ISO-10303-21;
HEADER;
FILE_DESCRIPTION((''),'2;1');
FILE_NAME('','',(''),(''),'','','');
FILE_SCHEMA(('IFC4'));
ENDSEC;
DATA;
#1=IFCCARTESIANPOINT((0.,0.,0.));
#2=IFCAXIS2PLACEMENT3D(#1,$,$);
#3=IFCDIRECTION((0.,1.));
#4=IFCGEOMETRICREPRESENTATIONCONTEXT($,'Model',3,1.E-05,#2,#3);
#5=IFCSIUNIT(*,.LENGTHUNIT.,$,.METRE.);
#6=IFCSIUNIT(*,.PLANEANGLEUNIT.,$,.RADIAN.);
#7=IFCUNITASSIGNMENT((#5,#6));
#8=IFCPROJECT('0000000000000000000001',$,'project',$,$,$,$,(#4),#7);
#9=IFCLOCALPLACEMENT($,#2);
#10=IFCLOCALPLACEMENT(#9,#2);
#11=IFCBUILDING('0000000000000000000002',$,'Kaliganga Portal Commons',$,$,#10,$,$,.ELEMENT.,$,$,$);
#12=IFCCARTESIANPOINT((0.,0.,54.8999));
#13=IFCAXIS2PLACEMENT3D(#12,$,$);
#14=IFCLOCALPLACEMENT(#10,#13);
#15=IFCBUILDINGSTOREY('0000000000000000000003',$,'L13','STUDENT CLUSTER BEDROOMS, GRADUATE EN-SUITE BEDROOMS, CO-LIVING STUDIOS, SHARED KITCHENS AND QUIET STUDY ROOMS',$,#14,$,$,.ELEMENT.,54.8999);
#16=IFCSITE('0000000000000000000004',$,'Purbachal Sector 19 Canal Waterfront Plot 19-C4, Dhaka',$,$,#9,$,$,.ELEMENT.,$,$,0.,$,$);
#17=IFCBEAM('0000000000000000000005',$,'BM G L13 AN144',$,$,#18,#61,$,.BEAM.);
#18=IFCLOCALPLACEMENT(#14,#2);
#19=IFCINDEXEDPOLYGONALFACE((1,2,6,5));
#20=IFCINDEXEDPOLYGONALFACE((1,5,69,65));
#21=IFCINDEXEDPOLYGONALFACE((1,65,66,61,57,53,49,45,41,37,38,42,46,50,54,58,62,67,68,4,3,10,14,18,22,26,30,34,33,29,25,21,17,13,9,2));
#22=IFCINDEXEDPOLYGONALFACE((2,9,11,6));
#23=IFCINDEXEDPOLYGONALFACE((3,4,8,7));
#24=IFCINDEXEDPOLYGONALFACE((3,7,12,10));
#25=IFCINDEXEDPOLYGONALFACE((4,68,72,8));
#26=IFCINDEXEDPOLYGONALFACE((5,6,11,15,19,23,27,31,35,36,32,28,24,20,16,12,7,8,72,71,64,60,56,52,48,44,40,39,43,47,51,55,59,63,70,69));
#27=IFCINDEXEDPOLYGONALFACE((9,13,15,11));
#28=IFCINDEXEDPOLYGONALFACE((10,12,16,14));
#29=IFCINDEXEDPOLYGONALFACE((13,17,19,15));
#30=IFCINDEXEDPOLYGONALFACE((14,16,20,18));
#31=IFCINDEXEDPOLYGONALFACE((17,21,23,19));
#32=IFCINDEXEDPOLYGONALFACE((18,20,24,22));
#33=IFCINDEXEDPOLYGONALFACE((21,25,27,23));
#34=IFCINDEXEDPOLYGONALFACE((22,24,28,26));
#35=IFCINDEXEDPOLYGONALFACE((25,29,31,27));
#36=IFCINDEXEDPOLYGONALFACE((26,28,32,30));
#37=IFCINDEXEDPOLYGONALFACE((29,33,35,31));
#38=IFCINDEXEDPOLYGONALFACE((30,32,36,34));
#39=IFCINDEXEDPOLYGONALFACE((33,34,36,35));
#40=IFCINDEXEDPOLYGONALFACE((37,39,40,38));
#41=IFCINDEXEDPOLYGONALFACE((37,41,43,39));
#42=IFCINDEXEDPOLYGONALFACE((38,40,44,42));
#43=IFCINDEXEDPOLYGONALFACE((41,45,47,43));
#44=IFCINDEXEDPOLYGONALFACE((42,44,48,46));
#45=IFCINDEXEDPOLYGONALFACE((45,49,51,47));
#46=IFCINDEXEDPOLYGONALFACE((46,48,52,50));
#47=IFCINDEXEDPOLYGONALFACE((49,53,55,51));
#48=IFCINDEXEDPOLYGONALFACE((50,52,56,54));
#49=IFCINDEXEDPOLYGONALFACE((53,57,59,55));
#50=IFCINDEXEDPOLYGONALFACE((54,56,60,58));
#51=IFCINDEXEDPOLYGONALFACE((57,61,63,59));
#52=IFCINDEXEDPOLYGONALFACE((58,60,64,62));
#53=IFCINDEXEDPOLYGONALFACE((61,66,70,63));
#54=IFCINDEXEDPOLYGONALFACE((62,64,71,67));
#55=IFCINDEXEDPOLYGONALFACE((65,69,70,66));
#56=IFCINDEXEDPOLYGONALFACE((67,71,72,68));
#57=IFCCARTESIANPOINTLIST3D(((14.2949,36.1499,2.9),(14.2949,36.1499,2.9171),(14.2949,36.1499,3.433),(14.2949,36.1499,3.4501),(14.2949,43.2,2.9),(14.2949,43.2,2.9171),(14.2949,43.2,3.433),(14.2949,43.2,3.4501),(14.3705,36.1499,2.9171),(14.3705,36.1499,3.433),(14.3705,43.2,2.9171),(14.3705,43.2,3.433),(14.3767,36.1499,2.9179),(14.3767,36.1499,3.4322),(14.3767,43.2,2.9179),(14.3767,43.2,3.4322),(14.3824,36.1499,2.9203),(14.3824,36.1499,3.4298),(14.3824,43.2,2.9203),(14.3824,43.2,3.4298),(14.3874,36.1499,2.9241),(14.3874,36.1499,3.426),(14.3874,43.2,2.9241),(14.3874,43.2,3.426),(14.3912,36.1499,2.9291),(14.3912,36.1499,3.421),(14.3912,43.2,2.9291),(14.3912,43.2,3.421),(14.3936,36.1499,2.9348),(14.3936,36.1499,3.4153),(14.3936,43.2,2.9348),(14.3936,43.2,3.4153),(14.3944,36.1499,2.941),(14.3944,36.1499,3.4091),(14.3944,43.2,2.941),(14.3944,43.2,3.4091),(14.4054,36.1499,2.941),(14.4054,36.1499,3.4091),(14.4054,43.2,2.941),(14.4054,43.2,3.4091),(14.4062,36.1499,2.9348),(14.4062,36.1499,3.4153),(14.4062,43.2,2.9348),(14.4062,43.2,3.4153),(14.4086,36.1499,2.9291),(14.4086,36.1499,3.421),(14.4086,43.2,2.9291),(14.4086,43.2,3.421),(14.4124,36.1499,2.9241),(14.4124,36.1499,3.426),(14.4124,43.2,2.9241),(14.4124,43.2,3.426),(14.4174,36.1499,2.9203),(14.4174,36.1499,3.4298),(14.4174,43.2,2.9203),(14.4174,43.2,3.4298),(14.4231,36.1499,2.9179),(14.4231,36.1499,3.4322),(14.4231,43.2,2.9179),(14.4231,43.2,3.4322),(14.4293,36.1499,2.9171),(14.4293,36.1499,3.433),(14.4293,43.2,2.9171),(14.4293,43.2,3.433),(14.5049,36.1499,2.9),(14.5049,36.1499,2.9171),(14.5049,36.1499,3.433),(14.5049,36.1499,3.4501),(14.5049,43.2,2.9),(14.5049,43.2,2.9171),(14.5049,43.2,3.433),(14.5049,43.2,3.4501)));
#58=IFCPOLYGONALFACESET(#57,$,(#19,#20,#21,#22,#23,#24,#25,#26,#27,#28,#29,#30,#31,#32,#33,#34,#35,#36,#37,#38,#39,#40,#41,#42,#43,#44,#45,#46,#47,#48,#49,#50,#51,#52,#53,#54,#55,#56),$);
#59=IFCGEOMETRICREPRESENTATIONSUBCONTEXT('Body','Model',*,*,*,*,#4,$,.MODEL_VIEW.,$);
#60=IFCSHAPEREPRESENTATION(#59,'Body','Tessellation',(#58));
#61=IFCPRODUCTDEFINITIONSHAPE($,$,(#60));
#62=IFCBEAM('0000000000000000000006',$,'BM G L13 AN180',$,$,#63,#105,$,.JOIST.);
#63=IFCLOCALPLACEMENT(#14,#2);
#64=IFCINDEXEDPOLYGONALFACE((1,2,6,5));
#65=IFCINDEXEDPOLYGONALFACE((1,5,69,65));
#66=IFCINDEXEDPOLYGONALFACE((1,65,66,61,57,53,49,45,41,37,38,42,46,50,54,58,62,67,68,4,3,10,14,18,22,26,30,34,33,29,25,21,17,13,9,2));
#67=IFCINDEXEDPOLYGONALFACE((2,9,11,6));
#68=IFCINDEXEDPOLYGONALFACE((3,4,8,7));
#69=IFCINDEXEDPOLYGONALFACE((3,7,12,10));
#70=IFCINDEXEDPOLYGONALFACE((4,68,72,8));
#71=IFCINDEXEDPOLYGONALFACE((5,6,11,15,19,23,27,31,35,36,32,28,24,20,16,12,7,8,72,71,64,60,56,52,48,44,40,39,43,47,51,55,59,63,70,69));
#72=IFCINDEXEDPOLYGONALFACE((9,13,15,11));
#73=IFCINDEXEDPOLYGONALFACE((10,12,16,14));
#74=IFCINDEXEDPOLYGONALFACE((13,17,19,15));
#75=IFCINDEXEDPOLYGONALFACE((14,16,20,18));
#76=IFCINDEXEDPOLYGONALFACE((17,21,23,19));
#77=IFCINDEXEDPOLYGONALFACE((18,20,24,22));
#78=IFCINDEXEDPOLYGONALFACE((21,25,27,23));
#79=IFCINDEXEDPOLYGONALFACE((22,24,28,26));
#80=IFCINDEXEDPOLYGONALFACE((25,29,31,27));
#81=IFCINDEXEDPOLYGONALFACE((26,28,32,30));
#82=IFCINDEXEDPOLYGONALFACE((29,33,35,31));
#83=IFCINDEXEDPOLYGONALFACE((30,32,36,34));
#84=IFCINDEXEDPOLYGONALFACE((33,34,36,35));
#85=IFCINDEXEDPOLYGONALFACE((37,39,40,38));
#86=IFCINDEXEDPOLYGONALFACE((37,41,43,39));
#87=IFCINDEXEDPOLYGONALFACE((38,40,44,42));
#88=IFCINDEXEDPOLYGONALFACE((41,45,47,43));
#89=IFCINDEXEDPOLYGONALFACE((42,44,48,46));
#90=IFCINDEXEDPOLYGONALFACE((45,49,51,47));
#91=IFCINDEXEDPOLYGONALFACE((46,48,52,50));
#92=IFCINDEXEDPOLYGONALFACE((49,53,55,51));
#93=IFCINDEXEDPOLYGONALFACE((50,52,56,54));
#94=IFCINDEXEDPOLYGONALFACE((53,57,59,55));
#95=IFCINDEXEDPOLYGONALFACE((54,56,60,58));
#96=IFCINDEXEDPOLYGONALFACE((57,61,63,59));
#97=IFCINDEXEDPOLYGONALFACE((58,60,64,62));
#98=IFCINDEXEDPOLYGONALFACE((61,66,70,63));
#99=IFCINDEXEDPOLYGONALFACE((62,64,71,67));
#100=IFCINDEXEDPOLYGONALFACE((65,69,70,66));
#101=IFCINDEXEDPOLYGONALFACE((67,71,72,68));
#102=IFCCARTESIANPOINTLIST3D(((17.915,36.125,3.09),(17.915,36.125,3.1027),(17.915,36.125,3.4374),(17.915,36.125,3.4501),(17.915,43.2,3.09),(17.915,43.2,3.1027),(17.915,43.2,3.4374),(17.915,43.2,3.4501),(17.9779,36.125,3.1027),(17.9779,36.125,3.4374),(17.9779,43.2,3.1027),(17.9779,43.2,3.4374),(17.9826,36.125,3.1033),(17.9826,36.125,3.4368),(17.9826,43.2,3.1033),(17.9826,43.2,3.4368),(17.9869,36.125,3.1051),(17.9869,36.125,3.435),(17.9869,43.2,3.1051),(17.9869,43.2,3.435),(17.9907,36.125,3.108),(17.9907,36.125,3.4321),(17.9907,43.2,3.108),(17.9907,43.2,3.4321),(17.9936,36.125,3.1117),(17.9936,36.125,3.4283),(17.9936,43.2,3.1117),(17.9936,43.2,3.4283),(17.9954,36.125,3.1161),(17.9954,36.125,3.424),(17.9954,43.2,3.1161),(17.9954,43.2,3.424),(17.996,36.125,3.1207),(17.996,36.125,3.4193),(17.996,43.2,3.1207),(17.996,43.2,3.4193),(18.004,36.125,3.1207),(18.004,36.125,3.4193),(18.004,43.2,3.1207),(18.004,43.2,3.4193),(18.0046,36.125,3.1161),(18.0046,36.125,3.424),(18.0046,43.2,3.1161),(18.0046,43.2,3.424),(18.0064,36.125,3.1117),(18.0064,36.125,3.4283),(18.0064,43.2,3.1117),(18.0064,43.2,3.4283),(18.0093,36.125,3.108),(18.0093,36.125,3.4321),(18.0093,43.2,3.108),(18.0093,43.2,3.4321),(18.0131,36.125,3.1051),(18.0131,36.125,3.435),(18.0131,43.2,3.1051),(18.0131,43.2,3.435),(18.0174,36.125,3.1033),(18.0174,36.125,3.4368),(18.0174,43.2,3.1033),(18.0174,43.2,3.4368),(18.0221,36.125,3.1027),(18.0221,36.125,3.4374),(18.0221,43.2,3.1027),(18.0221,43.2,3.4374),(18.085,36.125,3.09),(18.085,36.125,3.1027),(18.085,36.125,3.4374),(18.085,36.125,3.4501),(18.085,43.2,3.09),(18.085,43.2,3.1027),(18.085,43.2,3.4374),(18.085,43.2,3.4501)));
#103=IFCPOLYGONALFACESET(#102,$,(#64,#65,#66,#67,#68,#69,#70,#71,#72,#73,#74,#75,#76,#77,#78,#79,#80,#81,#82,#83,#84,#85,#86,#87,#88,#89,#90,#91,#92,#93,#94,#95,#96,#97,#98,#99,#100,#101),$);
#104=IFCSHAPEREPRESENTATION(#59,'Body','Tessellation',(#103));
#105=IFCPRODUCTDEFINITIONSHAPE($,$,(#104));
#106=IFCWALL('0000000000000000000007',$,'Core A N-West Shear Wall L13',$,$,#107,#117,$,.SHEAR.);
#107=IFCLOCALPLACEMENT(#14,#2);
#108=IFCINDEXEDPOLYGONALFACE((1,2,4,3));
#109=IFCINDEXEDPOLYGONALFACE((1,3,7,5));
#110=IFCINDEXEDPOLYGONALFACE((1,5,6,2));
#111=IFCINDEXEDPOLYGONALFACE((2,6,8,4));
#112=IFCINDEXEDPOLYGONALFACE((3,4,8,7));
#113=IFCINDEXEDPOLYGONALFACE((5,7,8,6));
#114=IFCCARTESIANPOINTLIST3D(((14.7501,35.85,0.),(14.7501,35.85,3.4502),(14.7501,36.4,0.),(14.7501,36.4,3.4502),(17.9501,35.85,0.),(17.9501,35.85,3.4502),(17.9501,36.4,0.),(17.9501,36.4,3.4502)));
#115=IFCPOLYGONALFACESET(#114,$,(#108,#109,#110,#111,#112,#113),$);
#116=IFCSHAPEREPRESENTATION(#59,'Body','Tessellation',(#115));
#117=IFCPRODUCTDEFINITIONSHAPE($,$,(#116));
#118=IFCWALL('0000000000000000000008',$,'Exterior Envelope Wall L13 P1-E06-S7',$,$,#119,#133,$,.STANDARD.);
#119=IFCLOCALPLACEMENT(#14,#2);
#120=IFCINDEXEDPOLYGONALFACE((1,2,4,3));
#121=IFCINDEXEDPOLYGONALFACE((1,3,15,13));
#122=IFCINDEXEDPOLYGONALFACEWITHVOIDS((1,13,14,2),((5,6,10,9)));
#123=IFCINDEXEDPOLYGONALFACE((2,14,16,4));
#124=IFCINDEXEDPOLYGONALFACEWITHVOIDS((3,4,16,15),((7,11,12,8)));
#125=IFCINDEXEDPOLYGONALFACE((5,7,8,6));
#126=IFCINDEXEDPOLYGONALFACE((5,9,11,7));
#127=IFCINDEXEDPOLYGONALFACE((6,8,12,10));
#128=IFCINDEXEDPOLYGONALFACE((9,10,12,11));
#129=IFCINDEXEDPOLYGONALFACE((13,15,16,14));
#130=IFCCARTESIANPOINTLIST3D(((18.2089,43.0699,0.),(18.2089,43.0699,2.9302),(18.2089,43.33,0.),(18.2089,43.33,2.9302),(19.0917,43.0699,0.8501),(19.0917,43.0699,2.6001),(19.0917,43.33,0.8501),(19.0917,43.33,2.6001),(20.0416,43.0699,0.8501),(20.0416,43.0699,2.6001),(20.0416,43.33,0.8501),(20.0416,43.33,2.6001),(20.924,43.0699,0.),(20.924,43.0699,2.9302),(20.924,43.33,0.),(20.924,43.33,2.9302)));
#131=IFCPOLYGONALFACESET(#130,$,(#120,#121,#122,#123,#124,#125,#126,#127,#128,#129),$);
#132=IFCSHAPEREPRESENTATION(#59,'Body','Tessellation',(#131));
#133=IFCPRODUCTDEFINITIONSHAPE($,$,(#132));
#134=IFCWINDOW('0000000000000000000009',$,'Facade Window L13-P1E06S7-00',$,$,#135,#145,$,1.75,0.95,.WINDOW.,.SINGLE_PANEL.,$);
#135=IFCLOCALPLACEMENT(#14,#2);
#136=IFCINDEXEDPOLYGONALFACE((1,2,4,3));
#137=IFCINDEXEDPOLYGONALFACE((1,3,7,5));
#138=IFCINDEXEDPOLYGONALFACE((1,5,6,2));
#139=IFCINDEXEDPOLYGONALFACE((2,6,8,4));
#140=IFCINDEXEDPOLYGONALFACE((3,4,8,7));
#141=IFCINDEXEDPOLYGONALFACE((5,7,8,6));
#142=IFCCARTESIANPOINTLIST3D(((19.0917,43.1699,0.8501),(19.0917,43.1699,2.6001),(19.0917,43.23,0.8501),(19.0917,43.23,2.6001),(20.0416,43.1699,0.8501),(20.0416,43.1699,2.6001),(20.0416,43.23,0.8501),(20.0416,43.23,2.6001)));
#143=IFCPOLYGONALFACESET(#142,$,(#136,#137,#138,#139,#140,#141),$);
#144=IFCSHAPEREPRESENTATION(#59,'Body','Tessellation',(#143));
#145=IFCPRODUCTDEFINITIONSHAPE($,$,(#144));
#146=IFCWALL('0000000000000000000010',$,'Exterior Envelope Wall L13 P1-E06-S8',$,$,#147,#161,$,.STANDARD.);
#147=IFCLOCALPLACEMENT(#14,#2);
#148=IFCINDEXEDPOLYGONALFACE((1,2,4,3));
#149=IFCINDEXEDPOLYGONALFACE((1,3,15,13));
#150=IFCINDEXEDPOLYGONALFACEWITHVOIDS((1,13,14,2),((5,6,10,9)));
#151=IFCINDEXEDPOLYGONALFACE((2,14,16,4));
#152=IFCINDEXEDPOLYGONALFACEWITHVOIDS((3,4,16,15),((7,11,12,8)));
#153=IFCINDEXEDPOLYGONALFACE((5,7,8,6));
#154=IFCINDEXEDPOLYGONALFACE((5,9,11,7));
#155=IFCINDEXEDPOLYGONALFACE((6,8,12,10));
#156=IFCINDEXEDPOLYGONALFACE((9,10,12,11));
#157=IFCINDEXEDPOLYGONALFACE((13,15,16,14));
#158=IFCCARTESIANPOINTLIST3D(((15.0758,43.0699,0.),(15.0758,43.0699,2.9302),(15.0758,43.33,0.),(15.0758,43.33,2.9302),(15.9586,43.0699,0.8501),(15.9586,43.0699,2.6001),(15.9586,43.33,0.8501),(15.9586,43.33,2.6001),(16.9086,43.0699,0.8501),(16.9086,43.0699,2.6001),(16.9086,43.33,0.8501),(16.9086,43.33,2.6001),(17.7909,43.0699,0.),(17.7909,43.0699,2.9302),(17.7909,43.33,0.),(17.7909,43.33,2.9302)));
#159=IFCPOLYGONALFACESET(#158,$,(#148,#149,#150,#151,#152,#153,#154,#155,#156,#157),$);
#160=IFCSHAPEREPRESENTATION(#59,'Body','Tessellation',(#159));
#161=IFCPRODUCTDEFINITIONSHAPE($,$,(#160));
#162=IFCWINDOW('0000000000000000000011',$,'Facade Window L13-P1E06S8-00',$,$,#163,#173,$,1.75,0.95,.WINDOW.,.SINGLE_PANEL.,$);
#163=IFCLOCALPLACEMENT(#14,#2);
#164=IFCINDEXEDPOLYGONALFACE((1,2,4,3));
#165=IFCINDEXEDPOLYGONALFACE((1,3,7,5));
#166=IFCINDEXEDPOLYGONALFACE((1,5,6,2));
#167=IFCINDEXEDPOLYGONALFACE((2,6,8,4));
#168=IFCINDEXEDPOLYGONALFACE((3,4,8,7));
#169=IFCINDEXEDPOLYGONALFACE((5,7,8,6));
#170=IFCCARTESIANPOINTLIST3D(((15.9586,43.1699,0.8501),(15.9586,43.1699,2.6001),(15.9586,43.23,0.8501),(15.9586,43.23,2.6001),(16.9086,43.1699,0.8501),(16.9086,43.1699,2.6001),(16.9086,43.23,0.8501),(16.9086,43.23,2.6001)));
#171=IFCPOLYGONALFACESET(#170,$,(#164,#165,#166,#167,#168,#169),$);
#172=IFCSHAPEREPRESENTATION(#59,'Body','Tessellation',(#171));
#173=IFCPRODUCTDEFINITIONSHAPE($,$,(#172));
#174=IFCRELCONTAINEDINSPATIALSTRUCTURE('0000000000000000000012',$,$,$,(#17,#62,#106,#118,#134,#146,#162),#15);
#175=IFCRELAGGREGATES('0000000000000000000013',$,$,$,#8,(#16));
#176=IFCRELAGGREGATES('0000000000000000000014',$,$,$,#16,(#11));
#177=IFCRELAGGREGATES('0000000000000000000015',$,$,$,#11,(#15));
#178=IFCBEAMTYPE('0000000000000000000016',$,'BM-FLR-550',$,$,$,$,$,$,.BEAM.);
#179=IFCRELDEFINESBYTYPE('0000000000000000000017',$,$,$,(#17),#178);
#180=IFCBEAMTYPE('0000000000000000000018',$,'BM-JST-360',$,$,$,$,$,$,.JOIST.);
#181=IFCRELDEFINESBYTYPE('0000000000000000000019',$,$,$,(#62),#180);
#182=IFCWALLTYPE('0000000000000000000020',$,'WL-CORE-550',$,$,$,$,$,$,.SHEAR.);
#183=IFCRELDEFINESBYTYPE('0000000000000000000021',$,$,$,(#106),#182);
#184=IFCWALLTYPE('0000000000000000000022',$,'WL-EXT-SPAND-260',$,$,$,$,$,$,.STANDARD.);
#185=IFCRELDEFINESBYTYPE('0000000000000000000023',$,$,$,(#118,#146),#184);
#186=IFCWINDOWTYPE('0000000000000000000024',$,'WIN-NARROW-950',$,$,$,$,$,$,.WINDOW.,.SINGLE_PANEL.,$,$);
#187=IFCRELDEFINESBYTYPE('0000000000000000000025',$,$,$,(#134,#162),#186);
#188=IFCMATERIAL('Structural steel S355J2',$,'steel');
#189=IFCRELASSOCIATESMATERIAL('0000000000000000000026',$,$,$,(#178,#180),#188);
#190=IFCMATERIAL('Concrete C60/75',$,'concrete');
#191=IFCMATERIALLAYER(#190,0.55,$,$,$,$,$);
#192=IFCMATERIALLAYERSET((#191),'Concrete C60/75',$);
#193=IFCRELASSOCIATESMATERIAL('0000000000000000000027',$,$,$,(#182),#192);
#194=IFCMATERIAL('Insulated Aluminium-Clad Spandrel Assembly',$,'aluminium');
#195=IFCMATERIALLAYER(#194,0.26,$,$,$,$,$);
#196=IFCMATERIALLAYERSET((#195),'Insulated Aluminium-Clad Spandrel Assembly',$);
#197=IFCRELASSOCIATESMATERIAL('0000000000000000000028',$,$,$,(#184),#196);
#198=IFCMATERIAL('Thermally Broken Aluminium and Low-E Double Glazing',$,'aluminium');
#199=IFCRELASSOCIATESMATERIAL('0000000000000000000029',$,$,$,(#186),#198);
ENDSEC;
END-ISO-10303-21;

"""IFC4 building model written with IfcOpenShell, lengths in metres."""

from ifc_helpers import new_model, si_unit, direction, frame, frame_2d, origin, origin_2d, place, context, subcontext, project, spatial, rectangle, i_section, extrude, source, transform, mapped, material, layer, layer_set, material_profile, profile_set, type_object, element, fill, save


model = new_model("IFC4")

# Units and contexts
model_context = context("Model", 3, precision=1e-05, world=origin(), true_north=direction((0.0, 1.0)))
body_context = subcontext(model_context, "Body", "Model", "MODEL_VIEW")
ifc_project = project(units=[si_unit("LENGTHUNIT", "METRE"), si_unit("PLANEANGLEUNIT", "RADIAN")], contexts=[model_context])

# Site, building, storey
site_placement = place(None, origin())
site = spatial("IfcSite", under=ifc_project, at=site_placement, Name="Purbachal Sector 19 Canal Waterfront Plot 19-C4, Dhaka", CompositionType="ELEMENT", RefElevation=0.0)
building_placement = place(site_placement, origin())
building = spatial("IfcBuilding", under=site, at=building_placement, Name="Kaliganga Portal Commons", CompositionType="ELEMENT")
storey_placement = place(building_placement, frame((0.0, 0.0, 54.8999)))
storey = spatial("IfcBuildingStorey", under=building, at=storey_placement, Name="L13", Description="STUDENT CLUSTER BEDROOMS, GRADUATE EN-SUITE BEDROOMS, CO-LIVING STUDIOS, SHARED KITCHENS AND QUIET STUDY ROOMS", CompositionType="ELEMENT", Elevation=54.8999)

# Beams
ifc_material_1 = material(Name="Concrete C60/75", Category="concrete")
ifc_material_2 = material(Name="Structural steel S355J2", Category="steel")
ifc_material_profile_1 = material_profile(ifc_material_2, i_section(OverallWidth=0.21, OverallDepth=0.55, WebThickness=0.011, FlangeThickness=0.0171, FilletRadius=0.0239, at=origin_2d()), Name="IPE 550")
ifc_profile_set_1 = profile_set([ifc_material_profile_1], Name="Structural steel S355J2 wide-flange")
beam_type_1 = type_object("IfcBeamType", Name="BM-FLR-550", PredefinedType="BEAM", material=ifc_profile_set_1)
shared_shape_1 = source(origin(), body_context, "Body", "SweptSolid", [
    extrude(i_section(OverallWidth=0.21, OverallDepth=0.55, WebThickness=0.011, FlangeThickness=0.0171, FilletRadius=0.0239, at=origin_2d()), origin(), (0.0, 0.0, 1.0), 7.05),
])
beam_1_placement = place(storey_placement, frame((14.3999, 36.1499, 3.175), z_axis=(0.0, 1.0, 0.0), x_axis=(-1.0, 0.0, 0.0)))
element("IfcBeam", 1, at=beam_1_placement, inside=storey, type_object=beam_type_1, Name="BM G L13 AN144", PredefinedType="BEAM", context=body_context, shape_type="MappedRepresentation", body=[
    mapped(shared_shape_1, transform((0.0, 0.0, 0.0), x_axis=(1.0, 0.0, 0.0), y_axis=(0.0, 1.0, 0.0), z_axis=(0.0, 0.0, 1.0), scale=1.0)),
])
ifc_material_profile_2 = material_profile(ifc_material_2, i_section(OverallWidth=0.1699, OverallDepth=0.3601, WebThickness=0.0081, FlangeThickness=0.0127, FilletRadius=0.0181, at=origin_2d()), Name="IPE 360")
ifc_profile_set_2 = profile_set([ifc_material_profile_2], Name="Structural steel S355J2 wide-flange")
beam_type_2 = type_object("IfcBeamType", Name="BM-JST-360", PredefinedType="JOIST", material=ifc_profile_set_2)
shared_shape_2 = source(origin(), body_context, "Body", "SweptSolid", [
    extrude(i_section(OverallWidth=0.1699, OverallDepth=0.3601, WebThickness=0.0081, FlangeThickness=0.0127, FilletRadius=0.0181, at=origin_2d()), origin(), (0.0, 0.0, 1.0), 7.075),
])
beam_2_placement = place(storey_placement, frame((18.0, 36.125, 3.27), z_axis=(0.0, 1.0, 0.0), x_axis=(-1.0, 0.0, 0.0)))
element("IfcBeam", 2, at=beam_2_placement, inside=storey, type_object=beam_type_2, Name="BM G L13 AN180", PredefinedType="JOIST", context=body_context, shape_type="MappedRepresentation", body=[
    mapped(shared_shape_2, transform((0.0, 0.0, 0.0), x_axis=(1.0, 0.0, 0.0), y_axis=(0.0, 1.0, 0.0), z_axis=(0.0, 0.0, 1.0), scale=1.0)),
])

# Wall
ifc_layer_1 = layer(ifc_material_1, 0.55)
ifc_layer_set_1 = layer_set([ifc_layer_1], Name="Concrete C60/75")
wall_type_1 = type_object("IfcWallType", Name="WL-CORE-550", PredefinedType="SHEAR", material=ifc_layer_set_1)
wall_1_placement = place(storey_placement, frame((14.75, 36.125, 0.0), z_axis=(0.0, 0.0, 1.0), x_axis=(1.0, 0.0, 0.0)))
element("IfcWall", 3, at=wall_1_placement, inside=storey, type_object=wall_type_1, Name="Core A N-West Shear Wall L13", PredefinedType="SHEAR", context=body_context, shape_type="SweptSolid", body=[
    extrude(rectangle(XDim=3.2, YDim=0.55, at=frame_2d((1.6001, 0.0))), origin(), (0.0, 0.0, 1.0), 3.4502),
])

# Walls, openings, windows
ifc_material_3 = material(Name="Insulated Aluminium-Clad Spandrel Assembly", Category="aluminium")
ifc_layer_2 = layer(ifc_material_3, 0.26)
ifc_layer_set_2 = layer_set([ifc_layer_2], Name="Insulated Aluminium-Clad Spandrel Assembly")
wall_type_2 = type_object("IfcWallType", Name="WL-EXT-SPAND-260", PredefinedType="STANDARD", material=ifc_layer_set_2)
wall_2_placement = place(storey_placement, frame((18.209, 43.2, 0.0), z_axis=(0.0, 0.0, 1.0), x_axis=(1.0, 0.0, 0.0)))
wall_2 = element("IfcWall", 4, at=wall_2_placement, inside=storey, type_object=wall_type_2, Name="Exterior Envelope Wall L13 P1-E06-S7", PredefinedType="STANDARD", context=body_context, shape_type="SweptSolid", body=[
    extrude(rectangle(XDim=2.7151, YDim=0.26, at=frame_2d((1.3574, 0.0))), origin(), (0.0, 0.0, 1.0), 2.9302),
])
opening_1_placement = place(wall_2_placement, frame((0.8826, 0.0, 0.8501)))
opening_1 = element("IfcOpeningElement", 5, at=opening_1_placement, cuts=wall_2, PredefinedType="OPENING", context=body_context, shape_type="SweptSolid", body=[
    extrude(rectangle(XDim=0.95, YDim=1.75, at=frame_2d((0.4751, 0.875))), frame((0.0, 0.1401, 0.0), z_axis=(0.0, -1.0, 0.0), x_axis=(1.0, 0.0, 0.0)), (0.0, 0.0, 1.0), 0.28),
])
ifc_material_4 = material(Name="Thermally Broken Aluminium and Low-E Double Glazing", Category="aluminium")
window_type = type_object("IfcWindowType", Name="WIN-NARROW-950", PartitioningType="SINGLE_PANEL", PredefinedType="WINDOW", material=ifc_material_4)
window_1_placement = place(opening_1_placement, origin())
window_1 = element("IfcWindow", 6, at=window_1_placement, inside=storey, type_object=window_type, Name="Facade Window L13-P1E06S7-00", OverallHeight=1.75, OverallWidth=0.95, PartitioningType="SINGLE_PANEL", PredefinedType="WINDOW", context=body_context, shape_type="SweptSolid", body=[
    extrude(rectangle(XDim=0.95, YDim=1.75, at=frame_2d((0.4751, 0.875))), frame((0.0, 0.03, 0.0), z_axis=(0.0, -1.0, 0.0), x_axis=(1.0, 0.0, 0.0)), (0.0, 0.0, 1.0), 0.0601),
])
fill(opening_1, window_1)
wall_3_placement = place(storey_placement, frame((15.0759, 43.2, 0.0), z_axis=(0.0, 0.0, 1.0), x_axis=(1.0, 0.0, 0.0)))
wall_3 = element("IfcWall", 7, at=wall_3_placement, inside=storey, type_object=wall_type_2, Name="Exterior Envelope Wall L13 P1-E06-S8", PredefinedType="STANDARD", context=body_context, shape_type="SweptSolid", body=[
    extrude(rectangle(XDim=2.7151, YDim=0.26, at=frame_2d((1.3574, 0.0))), origin(), (0.0, 0.0, 1.0), 2.9302),
])
opening_2_placement = place(wall_3_placement, frame((0.8826, 0.0, 0.8501)))
opening_2 = element("IfcOpeningElement", 8, at=opening_2_placement, cuts=wall_3, PredefinedType="OPENING", context=body_context, shape_type="SweptSolid", body=[
    extrude(rectangle(XDim=0.95, YDim=1.75, at=frame_2d((0.4751, 0.875))), frame((0.0, 0.1401, 0.0), z_axis=(0.0, -1.0, 0.0), x_axis=(1.0, 0.0, 0.0)), (0.0, 0.0, 1.0), 0.28),
])
window_2_placement = place(opening_2_placement, origin())
window_2 = element("IfcWindow", 9, at=window_2_placement, inside=storey, type_object=window_type, Name="Facade Window L13-P1E06S8-00", OverallHeight=1.75, OverallWidth=0.95, PartitioningType="SINGLE_PANEL", PredefinedType="WINDOW", context=body_context, shape_type="SweptSolid", body=[
    extrude(rectangle(XDim=0.95, YDim=1.75, at=frame_2d((0.4751, 0.875))), frame((0.0, 0.03, 0.0), z_axis=(0.0, -1.0, 0.0), x_axis=(1.0, 0.0, 0.0)), (0.0, 0.0, 1.0), 0.0601),
])
fill(opening_2, window_2)

save(model, "model.ifc")
